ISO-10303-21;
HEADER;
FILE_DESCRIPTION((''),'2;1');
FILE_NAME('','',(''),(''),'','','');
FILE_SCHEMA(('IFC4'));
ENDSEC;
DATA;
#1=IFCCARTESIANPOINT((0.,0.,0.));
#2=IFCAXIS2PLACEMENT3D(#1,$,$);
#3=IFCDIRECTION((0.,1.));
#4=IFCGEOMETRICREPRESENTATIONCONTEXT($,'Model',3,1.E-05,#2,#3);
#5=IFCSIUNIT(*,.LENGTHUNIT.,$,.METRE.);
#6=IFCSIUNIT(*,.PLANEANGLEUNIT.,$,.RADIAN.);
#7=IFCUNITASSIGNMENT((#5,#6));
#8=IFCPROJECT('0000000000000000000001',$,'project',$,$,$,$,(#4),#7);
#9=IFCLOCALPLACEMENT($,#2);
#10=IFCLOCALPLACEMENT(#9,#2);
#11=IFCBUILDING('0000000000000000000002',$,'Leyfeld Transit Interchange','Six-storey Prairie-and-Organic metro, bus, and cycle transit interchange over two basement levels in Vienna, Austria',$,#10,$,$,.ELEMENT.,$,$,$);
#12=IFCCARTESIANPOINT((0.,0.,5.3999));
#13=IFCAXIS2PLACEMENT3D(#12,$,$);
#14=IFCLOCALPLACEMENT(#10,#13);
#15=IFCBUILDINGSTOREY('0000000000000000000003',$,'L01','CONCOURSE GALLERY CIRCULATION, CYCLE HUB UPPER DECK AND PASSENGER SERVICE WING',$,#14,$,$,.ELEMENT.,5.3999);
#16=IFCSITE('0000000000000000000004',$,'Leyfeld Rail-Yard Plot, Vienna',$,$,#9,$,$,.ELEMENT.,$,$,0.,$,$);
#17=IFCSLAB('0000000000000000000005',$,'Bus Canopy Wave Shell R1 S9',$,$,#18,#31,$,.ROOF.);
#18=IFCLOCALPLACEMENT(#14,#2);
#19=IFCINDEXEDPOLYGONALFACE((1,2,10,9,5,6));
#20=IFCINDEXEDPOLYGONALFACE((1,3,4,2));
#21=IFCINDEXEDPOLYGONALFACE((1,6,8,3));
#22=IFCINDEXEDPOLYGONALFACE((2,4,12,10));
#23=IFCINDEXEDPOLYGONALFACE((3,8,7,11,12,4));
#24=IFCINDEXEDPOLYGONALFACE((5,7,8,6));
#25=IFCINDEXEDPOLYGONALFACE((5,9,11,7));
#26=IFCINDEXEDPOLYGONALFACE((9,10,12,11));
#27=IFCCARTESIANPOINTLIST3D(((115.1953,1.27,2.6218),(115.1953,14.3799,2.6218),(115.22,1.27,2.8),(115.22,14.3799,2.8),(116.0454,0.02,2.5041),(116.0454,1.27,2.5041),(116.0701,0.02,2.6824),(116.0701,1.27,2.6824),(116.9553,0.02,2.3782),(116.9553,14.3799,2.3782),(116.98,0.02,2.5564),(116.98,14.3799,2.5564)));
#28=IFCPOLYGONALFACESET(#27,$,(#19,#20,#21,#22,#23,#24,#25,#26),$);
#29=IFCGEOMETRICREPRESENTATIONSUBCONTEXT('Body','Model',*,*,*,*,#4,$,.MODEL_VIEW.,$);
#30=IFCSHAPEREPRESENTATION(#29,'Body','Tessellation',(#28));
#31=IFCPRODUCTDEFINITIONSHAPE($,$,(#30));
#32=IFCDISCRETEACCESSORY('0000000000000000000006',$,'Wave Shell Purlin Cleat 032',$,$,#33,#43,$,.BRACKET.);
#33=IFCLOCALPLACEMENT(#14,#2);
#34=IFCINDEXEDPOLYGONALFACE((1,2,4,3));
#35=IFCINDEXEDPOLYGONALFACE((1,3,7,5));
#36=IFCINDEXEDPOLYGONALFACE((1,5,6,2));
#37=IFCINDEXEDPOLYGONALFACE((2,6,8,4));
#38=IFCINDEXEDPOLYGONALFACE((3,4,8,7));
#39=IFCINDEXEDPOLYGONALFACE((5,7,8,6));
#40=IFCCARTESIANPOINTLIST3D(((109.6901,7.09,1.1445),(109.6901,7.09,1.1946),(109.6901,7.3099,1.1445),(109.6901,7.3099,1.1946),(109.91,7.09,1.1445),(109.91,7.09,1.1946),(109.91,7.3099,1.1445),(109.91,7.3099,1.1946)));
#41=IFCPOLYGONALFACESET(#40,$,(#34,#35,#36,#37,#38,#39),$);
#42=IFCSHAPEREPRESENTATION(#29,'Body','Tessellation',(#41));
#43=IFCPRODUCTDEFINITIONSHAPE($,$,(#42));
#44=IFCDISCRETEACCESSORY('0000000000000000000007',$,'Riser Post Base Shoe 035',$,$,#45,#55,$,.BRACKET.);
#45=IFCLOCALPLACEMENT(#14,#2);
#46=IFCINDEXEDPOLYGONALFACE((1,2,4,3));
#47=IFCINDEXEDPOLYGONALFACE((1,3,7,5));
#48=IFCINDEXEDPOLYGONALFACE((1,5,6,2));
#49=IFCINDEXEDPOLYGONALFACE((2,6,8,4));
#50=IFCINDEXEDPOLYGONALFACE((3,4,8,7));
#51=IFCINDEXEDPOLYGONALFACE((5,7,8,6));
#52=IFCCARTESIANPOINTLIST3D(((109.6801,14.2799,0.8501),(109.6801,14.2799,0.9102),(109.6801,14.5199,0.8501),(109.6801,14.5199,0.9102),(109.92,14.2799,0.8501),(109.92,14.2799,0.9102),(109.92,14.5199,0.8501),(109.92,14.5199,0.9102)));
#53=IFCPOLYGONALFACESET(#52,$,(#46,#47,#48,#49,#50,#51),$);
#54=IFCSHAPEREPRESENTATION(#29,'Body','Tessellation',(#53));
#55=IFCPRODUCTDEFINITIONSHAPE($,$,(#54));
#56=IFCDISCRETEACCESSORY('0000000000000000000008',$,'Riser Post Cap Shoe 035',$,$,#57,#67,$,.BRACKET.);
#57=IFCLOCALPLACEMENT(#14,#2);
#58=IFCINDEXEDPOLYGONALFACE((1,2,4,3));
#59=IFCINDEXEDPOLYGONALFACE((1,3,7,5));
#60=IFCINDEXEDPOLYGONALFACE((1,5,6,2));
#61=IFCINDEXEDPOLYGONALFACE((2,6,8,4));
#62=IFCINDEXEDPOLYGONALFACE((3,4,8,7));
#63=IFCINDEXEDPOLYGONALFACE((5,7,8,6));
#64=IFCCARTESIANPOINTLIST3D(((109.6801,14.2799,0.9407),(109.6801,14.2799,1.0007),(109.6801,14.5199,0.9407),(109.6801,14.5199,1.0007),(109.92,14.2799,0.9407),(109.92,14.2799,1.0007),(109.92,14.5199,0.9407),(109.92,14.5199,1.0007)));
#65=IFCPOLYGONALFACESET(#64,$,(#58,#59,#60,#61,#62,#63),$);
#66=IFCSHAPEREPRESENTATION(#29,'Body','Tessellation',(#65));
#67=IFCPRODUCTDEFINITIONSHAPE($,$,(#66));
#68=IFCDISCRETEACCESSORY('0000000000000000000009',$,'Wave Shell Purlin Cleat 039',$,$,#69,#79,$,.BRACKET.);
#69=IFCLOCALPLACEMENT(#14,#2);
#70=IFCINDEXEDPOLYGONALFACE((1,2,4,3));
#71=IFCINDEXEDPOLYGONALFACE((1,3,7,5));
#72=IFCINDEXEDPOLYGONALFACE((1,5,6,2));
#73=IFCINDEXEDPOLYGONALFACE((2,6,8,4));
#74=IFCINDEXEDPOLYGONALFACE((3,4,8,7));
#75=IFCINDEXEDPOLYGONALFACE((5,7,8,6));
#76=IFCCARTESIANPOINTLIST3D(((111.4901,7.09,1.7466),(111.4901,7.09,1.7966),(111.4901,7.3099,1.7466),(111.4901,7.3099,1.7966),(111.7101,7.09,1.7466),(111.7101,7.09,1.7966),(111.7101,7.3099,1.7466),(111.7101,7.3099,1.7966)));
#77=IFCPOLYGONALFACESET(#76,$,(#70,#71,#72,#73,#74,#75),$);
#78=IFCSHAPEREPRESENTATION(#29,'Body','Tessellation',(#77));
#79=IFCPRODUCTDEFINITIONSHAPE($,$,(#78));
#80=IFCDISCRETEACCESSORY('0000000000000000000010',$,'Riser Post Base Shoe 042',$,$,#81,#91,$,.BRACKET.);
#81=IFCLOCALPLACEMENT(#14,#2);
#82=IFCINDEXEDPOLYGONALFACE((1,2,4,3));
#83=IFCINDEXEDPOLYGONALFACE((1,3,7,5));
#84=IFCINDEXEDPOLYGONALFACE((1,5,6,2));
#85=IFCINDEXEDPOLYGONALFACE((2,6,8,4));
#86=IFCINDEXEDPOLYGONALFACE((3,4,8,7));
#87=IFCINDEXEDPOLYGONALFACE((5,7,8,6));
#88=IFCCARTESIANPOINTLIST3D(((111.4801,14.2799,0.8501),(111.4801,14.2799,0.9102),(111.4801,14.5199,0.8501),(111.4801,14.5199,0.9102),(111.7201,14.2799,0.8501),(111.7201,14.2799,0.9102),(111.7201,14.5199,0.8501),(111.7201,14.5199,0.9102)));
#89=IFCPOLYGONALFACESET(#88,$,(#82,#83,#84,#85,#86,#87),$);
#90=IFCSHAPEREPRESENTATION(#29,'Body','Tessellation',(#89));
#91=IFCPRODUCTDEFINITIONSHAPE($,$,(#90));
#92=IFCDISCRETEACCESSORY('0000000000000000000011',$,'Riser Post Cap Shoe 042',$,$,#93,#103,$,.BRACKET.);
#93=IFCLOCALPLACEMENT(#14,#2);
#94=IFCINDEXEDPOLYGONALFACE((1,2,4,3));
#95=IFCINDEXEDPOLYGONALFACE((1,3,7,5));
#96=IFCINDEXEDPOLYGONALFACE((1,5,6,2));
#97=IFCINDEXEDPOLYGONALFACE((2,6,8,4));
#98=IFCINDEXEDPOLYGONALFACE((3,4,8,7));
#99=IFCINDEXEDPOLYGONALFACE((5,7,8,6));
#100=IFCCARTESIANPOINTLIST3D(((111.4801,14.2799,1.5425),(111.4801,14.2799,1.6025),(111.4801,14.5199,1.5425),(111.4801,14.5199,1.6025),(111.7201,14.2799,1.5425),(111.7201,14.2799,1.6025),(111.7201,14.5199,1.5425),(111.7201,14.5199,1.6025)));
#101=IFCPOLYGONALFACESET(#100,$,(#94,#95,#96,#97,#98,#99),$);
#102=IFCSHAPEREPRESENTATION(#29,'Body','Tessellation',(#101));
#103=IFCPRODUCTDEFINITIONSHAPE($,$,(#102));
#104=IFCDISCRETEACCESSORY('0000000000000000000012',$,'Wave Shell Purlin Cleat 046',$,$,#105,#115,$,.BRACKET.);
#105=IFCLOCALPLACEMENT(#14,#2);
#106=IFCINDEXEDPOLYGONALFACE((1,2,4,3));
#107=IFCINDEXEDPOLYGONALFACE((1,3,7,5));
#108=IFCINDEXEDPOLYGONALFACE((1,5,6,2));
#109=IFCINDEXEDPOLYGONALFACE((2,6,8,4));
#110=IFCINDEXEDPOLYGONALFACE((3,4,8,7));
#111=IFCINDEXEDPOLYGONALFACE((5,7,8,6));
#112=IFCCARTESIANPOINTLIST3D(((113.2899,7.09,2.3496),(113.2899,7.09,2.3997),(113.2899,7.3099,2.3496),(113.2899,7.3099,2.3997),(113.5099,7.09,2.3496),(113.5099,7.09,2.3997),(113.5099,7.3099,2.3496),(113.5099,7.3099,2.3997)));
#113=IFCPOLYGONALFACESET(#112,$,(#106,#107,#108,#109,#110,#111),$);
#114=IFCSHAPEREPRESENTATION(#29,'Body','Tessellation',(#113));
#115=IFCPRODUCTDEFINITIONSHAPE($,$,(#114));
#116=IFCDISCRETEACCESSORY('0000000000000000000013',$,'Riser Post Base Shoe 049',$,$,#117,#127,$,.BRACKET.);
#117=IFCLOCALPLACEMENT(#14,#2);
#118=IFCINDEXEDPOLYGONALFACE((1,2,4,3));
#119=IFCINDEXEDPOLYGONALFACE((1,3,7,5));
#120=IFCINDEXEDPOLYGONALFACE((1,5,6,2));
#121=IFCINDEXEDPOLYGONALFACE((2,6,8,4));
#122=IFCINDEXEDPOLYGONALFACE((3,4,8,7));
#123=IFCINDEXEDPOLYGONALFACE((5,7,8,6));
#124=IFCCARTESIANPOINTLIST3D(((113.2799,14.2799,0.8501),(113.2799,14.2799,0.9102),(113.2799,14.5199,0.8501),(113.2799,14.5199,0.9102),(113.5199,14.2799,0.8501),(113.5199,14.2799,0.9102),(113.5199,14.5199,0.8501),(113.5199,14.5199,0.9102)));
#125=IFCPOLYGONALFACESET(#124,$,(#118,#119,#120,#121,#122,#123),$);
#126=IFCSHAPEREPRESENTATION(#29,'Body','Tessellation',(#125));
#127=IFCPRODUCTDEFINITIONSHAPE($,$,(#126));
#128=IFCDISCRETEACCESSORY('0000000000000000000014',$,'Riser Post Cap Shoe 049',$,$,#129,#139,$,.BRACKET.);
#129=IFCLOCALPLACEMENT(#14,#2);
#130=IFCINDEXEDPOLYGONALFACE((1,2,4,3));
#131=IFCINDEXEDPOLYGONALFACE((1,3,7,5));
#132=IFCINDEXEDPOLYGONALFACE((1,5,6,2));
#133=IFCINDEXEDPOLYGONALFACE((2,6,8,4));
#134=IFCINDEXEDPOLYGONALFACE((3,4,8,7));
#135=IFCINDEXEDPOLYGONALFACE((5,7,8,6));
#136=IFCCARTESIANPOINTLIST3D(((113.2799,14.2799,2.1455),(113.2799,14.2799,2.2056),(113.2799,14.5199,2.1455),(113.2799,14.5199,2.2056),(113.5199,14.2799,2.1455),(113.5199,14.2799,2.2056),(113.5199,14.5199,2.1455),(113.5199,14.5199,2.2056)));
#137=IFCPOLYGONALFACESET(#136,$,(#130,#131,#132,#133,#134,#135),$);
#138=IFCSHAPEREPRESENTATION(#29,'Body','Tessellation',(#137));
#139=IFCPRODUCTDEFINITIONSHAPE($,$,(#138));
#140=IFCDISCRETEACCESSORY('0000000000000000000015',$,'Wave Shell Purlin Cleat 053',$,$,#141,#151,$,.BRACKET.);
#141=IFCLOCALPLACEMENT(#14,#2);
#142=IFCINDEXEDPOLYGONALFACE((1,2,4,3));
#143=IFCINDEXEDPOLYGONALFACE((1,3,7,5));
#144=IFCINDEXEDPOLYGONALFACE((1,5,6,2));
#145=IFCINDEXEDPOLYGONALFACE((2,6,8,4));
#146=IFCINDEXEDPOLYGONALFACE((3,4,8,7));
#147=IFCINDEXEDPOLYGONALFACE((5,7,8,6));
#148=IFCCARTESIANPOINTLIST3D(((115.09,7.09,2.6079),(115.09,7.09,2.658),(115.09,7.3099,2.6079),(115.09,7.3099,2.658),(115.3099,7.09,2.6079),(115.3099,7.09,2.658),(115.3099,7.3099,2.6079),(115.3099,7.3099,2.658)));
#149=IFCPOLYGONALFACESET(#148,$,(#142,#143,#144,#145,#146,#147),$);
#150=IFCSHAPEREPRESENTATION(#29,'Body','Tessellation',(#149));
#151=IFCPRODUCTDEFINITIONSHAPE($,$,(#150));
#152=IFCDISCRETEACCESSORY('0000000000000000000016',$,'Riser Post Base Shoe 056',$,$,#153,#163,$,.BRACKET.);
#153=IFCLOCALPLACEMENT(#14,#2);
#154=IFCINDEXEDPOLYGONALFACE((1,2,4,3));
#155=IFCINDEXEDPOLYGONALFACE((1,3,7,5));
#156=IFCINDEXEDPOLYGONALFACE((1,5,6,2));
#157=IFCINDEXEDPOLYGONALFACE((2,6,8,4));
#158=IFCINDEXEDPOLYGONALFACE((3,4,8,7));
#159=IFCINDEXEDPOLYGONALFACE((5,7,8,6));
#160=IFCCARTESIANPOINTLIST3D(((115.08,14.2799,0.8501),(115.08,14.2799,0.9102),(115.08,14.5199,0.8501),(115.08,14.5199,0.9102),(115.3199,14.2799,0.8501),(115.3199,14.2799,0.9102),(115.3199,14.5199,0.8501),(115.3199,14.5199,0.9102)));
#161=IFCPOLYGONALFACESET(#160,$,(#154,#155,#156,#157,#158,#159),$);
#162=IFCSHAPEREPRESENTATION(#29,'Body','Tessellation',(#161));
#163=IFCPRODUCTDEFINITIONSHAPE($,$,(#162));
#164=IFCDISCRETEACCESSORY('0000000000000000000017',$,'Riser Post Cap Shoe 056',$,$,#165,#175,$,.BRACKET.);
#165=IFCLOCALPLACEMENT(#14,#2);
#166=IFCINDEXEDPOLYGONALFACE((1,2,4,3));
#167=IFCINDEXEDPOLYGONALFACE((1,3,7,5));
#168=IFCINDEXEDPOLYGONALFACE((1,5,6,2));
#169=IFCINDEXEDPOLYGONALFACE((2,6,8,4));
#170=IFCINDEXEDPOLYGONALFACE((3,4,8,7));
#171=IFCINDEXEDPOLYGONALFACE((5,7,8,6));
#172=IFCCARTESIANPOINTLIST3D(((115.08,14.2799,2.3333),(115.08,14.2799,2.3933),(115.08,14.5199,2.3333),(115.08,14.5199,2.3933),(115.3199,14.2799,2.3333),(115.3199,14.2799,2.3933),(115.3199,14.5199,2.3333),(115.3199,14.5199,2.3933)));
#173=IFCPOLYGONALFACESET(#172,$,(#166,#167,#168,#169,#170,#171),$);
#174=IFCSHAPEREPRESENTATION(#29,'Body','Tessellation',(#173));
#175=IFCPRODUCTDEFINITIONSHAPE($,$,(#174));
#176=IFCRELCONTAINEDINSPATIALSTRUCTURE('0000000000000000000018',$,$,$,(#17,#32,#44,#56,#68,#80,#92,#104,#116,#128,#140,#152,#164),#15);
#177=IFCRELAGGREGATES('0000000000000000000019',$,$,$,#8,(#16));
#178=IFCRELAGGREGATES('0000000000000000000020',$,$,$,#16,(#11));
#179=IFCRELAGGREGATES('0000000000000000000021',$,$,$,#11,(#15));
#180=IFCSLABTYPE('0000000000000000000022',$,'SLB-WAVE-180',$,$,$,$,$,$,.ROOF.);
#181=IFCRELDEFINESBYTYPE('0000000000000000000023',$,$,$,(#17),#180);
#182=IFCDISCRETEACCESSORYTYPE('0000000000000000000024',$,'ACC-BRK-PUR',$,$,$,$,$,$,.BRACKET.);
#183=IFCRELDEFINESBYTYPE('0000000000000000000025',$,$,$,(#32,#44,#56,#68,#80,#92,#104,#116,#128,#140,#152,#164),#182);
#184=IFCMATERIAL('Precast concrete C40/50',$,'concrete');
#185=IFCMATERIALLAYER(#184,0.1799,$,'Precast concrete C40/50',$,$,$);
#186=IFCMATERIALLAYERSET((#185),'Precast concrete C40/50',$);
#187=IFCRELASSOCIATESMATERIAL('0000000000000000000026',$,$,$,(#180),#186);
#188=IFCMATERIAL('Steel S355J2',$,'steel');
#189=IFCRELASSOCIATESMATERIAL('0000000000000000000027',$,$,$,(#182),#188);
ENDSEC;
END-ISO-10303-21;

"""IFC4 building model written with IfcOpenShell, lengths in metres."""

from ifc_helpers import new_model, si_unit, direction, frame, origin, origin_2d, place, context, subcontext, project, spatial, polyline, rectangle, outline, extrude, material, layer, layer_set, type_object, element, save


model = new_model("IFC4")

# Units and contexts
model_context = context("Model", 3, precision=1e-05, world=origin(), true_north=direction((0.0, 1.0)))
body_context = subcontext(model_context, "Body", "Model", "MODEL_VIEW")
ifc_project = project(units=[si_unit("LENGTHUNIT", "METRE"), si_unit("PLANEANGLEUNIT", "RADIAN")], contexts=[model_context])

# Site, building, storey
site_placement = place(None, origin())
site = spatial("IfcSite", under=ifc_project, at=site_placement, Name="Leyfeld Rail-Yard Plot, Vienna", CompositionType="ELEMENT", RefElevation=0.0)
building_placement = place(site_placement, origin())
building = spatial("IfcBuilding", under=site, at=building_placement, Name="Leyfeld Transit Interchange", Description="Six-storey Prairie-and-Organic metro, bus, and cycle transit interchange over two basement levels in Vienna, Austria", CompositionType="ELEMENT")
storey_placement = place(building_placement, frame((0.0, 0.0, 5.3999)))
storey = spatial("IfcBuildingStorey", under=building, at=storey_placement, Name="L01", Description="CONCOURSE GALLERY CIRCULATION, CYCLE HUB UPPER DECK AND PASSENGER SERVICE WING", CompositionType="ELEMENT", Elevation=5.3999)

# Shared definitions
ifc_material_1 = material(Name="Steel S355J2", Category="steel")

# Slab
ifc_material_2 = material(Name="Precast concrete C40/50", Category="concrete")
ifc_layer = layer(ifc_material_2, 0.1799, Name="Precast concrete C40/50")
ifc_layer_set = layer_set([ifc_layer], Name="Precast concrete C40/50")
slab_type = type_object("IfcSlabType", Name="SLB-WAVE-180", PredefinedType="ROOF", material=ifc_layer_set)
slab_placement = place(storey_placement, frame((115.22, 1.27, 2.8), z_axis=(0.137131, 0.0, 0.990553), x_axis=(0.990553, 0.0, -0.137131)))
element("IfcSlab", 1, at=slab_placement, inside=storey, type_object=slab_type, Name="Bus Canopy Wave Shell R1 S9", PredefinedType="ROOF", context=body_context, shape_type="SweptSolid", body=[
    extrude(outline(polyline([(0.0, 0.0), (0.8582, 0.0), (0.8582, -1.25), (1.7768, -1.25), (1.7768, 13.1099), (0.0, 13.1099), (0.0, 0.0)])), origin(), (0.0, 0.0, -1.0), 0.1799),
])

# Discrete accessories
discrete_accessory_type = type_object("IfcDiscreteAccessoryType", Name="ACC-BRK-PUR", PredefinedType="BRACKET", material=ifc_material_1)
discrete_accessory_1_placement = place(storey_placement, frame((109.8, 7.2, 1.1445), z_axis=(0.0, 0.0, 1.0), x_axis=(1.0, 0.0, 0.0)))
element("IfcDiscreteAccessory", 2, at=discrete_accessory_1_placement, inside=storey, type_object=discrete_accessory_type, Name="Wave Shell Purlin Cleat 032", PredefinedType="BRACKET", context=body_context, shape_type="SweptSolid", body=[
    extrude(rectangle(XDim=0.22, YDim=0.22, at=origin_2d()), origin(), (0.0, 0.0, 1.0), 0.05),
])
for number, where, z_axis, x_axis, name in (
    (3, (109.8, 14.3999, 0.8501), (0.0, 0.0, 1.0), (1.0, 0.0, 0.0), "Riser Post Base Shoe 035"),
    (4, (109.8, 14.3999, 0.9407), (0.0, 0.0, 1.0), (1.0, 0.0, 0.0), "Riser Post Cap Shoe 035"),
):
    element("IfcDiscreteAccessory", number, at=place(storey_placement, frame(where, z_axis=z_axis, x_axis=x_axis)), inside=storey, type_object=discrete_accessory_type, Name=name, PredefinedType="BRACKET", context=body_context, shape_type="SweptSolid", body=[
        extrude(rectangle(XDim=0.24, YDim=0.24, at=origin_2d()), origin(), (0.0, 0.0, 1.0), 0.0601),
    ])
discrete_accessory_2_placement = place(storey_placement, frame((111.6001, 7.2, 1.7466), z_axis=(0.0, 0.0, 1.0), x_axis=(1.0, 0.0, 0.0)))
element("IfcDiscreteAccessory", 5, at=discrete_accessory_2_placement, inside=storey, type_object=discrete_accessory_type, Name="Wave Shell Purlin Cleat 039", PredefinedType="BRACKET", context=body_context, shape_type="SweptSolid", body=[
    extrude(rectangle(XDim=0.22, YDim=0.22, at=origin_2d()), origin(), (0.0, 0.0, 1.0), 0.05),
])
for number, where, z_axis, x_axis, name in (
    (6, (111.6001, 14.3999, 0.8501), (0.0, 0.0, 1.0), (1.0, 0.0, 0.0), "Riser Post Base Shoe 042"),
    (7, (111.6001, 14.3999, 1.5425), (0.0, 0.0, 1.0), (1.0, 0.0, 0.0), "Riser Post Cap Shoe 042"),
):
    element("IfcDiscreteAccessory", number, at=place(storey_placement, frame(where, z_axis=z_axis, x_axis=x_axis)), inside=storey, type_object=discrete_accessory_type, Name=name, PredefinedType="BRACKET", context=body_context, shape_type="SweptSolid", body=[
        extrude(rectangle(XDim=0.24, YDim=0.24, at=origin_2d()), origin(), (0.0, 0.0, 1.0), 0.0601),
    ])
discrete_accessory_3_placement = place(storey_placement, frame((113.3999, 7.2, 2.3496), z_axis=(0.0, 0.0, 1.0), x_axis=(1.0, 0.0, 0.0)))
element("IfcDiscreteAccessory", 8, at=discrete_accessory_3_placement, inside=storey, type_object=discrete_accessory_type, Name="Wave Shell Purlin Cleat 046", PredefinedType="BRACKET", context=body_context, shape_type="SweptSolid", body=[
    extrude(rectangle(XDim=0.22, YDim=0.22, at=origin_2d()), origin(), (0.0, 0.0, 1.0), 0.05),
])
for number, where, z_axis, x_axis, name in (
    (9, (113.3999, 14.3999, 0.8501), (0.0, 0.0, 1.0), (1.0, 0.0, 0.0), "Riser Post Base Shoe 049"),
    (10, (113.3999, 14.3999, 2.1455), (0.0, 0.0, 1.0), (1.0, 0.0, 0.0), "Riser Post Cap Shoe 049"),
):
    element("IfcDiscreteAccessory", number, at=place(storey_placement, frame(where, z_axis=z_axis, x_axis=x_axis)), inside=storey, type_object=discrete_accessory_type, Name=name, PredefinedType="BRACKET", context=body_context, shape_type="SweptSolid", body=[
        extrude(rectangle(XDim=0.24, YDim=0.24, at=origin_2d()), origin(), (0.0, 0.0, 1.0), 0.0601),
    ])
discrete_accessory_4_placement = place(storey_placement, frame((115.2, 7.2, 2.6079), z_axis=(0.0, 0.0, 1.0), x_axis=(1.0, 0.0, 0.0)))
element("IfcDiscreteAccessory", 11, at=discrete_accessory_4_placement, inside=storey, type_object=discrete_accessory_type, Name="Wave Shell Purlin Cleat 053", PredefinedType="BRACKET", context=body_context, shape_type="SweptSolid", body=[
    extrude(rectangle(XDim=0.22, YDim=0.22, at=origin_2d()), origin(), (0.0, 0.0, 1.0), 0.05),
])
for number, where, z_axis, x_axis, name in (
    (12, (115.2, 14.3999, 0.8501), (0.0, 0.0, 1.0), (1.0, 0.0, 0.0), "Riser Post Base Shoe 056"),
    (13, (115.2, 14.3999, 2.3333), (0.0, 0.0, 1.0), (1.0, 0.0, 0.0), "Riser Post Cap Shoe 056"),
):
    element("IfcDiscreteAccessory", number, at=place(storey_placement, frame(where, z_axis=z_axis, x_axis=x_axis)), inside=storey, type_object=discrete_accessory_type, Name=name, PredefinedType="BRACKET", context=body_context, shape_type="SweptSolid", body=[
        extrude(rectangle(XDim=0.24, YDim=0.24, at=origin_2d()), origin(), (0.0, 0.0, 1.0), 0.0601),
    ])

save(model, "model.ifc")
